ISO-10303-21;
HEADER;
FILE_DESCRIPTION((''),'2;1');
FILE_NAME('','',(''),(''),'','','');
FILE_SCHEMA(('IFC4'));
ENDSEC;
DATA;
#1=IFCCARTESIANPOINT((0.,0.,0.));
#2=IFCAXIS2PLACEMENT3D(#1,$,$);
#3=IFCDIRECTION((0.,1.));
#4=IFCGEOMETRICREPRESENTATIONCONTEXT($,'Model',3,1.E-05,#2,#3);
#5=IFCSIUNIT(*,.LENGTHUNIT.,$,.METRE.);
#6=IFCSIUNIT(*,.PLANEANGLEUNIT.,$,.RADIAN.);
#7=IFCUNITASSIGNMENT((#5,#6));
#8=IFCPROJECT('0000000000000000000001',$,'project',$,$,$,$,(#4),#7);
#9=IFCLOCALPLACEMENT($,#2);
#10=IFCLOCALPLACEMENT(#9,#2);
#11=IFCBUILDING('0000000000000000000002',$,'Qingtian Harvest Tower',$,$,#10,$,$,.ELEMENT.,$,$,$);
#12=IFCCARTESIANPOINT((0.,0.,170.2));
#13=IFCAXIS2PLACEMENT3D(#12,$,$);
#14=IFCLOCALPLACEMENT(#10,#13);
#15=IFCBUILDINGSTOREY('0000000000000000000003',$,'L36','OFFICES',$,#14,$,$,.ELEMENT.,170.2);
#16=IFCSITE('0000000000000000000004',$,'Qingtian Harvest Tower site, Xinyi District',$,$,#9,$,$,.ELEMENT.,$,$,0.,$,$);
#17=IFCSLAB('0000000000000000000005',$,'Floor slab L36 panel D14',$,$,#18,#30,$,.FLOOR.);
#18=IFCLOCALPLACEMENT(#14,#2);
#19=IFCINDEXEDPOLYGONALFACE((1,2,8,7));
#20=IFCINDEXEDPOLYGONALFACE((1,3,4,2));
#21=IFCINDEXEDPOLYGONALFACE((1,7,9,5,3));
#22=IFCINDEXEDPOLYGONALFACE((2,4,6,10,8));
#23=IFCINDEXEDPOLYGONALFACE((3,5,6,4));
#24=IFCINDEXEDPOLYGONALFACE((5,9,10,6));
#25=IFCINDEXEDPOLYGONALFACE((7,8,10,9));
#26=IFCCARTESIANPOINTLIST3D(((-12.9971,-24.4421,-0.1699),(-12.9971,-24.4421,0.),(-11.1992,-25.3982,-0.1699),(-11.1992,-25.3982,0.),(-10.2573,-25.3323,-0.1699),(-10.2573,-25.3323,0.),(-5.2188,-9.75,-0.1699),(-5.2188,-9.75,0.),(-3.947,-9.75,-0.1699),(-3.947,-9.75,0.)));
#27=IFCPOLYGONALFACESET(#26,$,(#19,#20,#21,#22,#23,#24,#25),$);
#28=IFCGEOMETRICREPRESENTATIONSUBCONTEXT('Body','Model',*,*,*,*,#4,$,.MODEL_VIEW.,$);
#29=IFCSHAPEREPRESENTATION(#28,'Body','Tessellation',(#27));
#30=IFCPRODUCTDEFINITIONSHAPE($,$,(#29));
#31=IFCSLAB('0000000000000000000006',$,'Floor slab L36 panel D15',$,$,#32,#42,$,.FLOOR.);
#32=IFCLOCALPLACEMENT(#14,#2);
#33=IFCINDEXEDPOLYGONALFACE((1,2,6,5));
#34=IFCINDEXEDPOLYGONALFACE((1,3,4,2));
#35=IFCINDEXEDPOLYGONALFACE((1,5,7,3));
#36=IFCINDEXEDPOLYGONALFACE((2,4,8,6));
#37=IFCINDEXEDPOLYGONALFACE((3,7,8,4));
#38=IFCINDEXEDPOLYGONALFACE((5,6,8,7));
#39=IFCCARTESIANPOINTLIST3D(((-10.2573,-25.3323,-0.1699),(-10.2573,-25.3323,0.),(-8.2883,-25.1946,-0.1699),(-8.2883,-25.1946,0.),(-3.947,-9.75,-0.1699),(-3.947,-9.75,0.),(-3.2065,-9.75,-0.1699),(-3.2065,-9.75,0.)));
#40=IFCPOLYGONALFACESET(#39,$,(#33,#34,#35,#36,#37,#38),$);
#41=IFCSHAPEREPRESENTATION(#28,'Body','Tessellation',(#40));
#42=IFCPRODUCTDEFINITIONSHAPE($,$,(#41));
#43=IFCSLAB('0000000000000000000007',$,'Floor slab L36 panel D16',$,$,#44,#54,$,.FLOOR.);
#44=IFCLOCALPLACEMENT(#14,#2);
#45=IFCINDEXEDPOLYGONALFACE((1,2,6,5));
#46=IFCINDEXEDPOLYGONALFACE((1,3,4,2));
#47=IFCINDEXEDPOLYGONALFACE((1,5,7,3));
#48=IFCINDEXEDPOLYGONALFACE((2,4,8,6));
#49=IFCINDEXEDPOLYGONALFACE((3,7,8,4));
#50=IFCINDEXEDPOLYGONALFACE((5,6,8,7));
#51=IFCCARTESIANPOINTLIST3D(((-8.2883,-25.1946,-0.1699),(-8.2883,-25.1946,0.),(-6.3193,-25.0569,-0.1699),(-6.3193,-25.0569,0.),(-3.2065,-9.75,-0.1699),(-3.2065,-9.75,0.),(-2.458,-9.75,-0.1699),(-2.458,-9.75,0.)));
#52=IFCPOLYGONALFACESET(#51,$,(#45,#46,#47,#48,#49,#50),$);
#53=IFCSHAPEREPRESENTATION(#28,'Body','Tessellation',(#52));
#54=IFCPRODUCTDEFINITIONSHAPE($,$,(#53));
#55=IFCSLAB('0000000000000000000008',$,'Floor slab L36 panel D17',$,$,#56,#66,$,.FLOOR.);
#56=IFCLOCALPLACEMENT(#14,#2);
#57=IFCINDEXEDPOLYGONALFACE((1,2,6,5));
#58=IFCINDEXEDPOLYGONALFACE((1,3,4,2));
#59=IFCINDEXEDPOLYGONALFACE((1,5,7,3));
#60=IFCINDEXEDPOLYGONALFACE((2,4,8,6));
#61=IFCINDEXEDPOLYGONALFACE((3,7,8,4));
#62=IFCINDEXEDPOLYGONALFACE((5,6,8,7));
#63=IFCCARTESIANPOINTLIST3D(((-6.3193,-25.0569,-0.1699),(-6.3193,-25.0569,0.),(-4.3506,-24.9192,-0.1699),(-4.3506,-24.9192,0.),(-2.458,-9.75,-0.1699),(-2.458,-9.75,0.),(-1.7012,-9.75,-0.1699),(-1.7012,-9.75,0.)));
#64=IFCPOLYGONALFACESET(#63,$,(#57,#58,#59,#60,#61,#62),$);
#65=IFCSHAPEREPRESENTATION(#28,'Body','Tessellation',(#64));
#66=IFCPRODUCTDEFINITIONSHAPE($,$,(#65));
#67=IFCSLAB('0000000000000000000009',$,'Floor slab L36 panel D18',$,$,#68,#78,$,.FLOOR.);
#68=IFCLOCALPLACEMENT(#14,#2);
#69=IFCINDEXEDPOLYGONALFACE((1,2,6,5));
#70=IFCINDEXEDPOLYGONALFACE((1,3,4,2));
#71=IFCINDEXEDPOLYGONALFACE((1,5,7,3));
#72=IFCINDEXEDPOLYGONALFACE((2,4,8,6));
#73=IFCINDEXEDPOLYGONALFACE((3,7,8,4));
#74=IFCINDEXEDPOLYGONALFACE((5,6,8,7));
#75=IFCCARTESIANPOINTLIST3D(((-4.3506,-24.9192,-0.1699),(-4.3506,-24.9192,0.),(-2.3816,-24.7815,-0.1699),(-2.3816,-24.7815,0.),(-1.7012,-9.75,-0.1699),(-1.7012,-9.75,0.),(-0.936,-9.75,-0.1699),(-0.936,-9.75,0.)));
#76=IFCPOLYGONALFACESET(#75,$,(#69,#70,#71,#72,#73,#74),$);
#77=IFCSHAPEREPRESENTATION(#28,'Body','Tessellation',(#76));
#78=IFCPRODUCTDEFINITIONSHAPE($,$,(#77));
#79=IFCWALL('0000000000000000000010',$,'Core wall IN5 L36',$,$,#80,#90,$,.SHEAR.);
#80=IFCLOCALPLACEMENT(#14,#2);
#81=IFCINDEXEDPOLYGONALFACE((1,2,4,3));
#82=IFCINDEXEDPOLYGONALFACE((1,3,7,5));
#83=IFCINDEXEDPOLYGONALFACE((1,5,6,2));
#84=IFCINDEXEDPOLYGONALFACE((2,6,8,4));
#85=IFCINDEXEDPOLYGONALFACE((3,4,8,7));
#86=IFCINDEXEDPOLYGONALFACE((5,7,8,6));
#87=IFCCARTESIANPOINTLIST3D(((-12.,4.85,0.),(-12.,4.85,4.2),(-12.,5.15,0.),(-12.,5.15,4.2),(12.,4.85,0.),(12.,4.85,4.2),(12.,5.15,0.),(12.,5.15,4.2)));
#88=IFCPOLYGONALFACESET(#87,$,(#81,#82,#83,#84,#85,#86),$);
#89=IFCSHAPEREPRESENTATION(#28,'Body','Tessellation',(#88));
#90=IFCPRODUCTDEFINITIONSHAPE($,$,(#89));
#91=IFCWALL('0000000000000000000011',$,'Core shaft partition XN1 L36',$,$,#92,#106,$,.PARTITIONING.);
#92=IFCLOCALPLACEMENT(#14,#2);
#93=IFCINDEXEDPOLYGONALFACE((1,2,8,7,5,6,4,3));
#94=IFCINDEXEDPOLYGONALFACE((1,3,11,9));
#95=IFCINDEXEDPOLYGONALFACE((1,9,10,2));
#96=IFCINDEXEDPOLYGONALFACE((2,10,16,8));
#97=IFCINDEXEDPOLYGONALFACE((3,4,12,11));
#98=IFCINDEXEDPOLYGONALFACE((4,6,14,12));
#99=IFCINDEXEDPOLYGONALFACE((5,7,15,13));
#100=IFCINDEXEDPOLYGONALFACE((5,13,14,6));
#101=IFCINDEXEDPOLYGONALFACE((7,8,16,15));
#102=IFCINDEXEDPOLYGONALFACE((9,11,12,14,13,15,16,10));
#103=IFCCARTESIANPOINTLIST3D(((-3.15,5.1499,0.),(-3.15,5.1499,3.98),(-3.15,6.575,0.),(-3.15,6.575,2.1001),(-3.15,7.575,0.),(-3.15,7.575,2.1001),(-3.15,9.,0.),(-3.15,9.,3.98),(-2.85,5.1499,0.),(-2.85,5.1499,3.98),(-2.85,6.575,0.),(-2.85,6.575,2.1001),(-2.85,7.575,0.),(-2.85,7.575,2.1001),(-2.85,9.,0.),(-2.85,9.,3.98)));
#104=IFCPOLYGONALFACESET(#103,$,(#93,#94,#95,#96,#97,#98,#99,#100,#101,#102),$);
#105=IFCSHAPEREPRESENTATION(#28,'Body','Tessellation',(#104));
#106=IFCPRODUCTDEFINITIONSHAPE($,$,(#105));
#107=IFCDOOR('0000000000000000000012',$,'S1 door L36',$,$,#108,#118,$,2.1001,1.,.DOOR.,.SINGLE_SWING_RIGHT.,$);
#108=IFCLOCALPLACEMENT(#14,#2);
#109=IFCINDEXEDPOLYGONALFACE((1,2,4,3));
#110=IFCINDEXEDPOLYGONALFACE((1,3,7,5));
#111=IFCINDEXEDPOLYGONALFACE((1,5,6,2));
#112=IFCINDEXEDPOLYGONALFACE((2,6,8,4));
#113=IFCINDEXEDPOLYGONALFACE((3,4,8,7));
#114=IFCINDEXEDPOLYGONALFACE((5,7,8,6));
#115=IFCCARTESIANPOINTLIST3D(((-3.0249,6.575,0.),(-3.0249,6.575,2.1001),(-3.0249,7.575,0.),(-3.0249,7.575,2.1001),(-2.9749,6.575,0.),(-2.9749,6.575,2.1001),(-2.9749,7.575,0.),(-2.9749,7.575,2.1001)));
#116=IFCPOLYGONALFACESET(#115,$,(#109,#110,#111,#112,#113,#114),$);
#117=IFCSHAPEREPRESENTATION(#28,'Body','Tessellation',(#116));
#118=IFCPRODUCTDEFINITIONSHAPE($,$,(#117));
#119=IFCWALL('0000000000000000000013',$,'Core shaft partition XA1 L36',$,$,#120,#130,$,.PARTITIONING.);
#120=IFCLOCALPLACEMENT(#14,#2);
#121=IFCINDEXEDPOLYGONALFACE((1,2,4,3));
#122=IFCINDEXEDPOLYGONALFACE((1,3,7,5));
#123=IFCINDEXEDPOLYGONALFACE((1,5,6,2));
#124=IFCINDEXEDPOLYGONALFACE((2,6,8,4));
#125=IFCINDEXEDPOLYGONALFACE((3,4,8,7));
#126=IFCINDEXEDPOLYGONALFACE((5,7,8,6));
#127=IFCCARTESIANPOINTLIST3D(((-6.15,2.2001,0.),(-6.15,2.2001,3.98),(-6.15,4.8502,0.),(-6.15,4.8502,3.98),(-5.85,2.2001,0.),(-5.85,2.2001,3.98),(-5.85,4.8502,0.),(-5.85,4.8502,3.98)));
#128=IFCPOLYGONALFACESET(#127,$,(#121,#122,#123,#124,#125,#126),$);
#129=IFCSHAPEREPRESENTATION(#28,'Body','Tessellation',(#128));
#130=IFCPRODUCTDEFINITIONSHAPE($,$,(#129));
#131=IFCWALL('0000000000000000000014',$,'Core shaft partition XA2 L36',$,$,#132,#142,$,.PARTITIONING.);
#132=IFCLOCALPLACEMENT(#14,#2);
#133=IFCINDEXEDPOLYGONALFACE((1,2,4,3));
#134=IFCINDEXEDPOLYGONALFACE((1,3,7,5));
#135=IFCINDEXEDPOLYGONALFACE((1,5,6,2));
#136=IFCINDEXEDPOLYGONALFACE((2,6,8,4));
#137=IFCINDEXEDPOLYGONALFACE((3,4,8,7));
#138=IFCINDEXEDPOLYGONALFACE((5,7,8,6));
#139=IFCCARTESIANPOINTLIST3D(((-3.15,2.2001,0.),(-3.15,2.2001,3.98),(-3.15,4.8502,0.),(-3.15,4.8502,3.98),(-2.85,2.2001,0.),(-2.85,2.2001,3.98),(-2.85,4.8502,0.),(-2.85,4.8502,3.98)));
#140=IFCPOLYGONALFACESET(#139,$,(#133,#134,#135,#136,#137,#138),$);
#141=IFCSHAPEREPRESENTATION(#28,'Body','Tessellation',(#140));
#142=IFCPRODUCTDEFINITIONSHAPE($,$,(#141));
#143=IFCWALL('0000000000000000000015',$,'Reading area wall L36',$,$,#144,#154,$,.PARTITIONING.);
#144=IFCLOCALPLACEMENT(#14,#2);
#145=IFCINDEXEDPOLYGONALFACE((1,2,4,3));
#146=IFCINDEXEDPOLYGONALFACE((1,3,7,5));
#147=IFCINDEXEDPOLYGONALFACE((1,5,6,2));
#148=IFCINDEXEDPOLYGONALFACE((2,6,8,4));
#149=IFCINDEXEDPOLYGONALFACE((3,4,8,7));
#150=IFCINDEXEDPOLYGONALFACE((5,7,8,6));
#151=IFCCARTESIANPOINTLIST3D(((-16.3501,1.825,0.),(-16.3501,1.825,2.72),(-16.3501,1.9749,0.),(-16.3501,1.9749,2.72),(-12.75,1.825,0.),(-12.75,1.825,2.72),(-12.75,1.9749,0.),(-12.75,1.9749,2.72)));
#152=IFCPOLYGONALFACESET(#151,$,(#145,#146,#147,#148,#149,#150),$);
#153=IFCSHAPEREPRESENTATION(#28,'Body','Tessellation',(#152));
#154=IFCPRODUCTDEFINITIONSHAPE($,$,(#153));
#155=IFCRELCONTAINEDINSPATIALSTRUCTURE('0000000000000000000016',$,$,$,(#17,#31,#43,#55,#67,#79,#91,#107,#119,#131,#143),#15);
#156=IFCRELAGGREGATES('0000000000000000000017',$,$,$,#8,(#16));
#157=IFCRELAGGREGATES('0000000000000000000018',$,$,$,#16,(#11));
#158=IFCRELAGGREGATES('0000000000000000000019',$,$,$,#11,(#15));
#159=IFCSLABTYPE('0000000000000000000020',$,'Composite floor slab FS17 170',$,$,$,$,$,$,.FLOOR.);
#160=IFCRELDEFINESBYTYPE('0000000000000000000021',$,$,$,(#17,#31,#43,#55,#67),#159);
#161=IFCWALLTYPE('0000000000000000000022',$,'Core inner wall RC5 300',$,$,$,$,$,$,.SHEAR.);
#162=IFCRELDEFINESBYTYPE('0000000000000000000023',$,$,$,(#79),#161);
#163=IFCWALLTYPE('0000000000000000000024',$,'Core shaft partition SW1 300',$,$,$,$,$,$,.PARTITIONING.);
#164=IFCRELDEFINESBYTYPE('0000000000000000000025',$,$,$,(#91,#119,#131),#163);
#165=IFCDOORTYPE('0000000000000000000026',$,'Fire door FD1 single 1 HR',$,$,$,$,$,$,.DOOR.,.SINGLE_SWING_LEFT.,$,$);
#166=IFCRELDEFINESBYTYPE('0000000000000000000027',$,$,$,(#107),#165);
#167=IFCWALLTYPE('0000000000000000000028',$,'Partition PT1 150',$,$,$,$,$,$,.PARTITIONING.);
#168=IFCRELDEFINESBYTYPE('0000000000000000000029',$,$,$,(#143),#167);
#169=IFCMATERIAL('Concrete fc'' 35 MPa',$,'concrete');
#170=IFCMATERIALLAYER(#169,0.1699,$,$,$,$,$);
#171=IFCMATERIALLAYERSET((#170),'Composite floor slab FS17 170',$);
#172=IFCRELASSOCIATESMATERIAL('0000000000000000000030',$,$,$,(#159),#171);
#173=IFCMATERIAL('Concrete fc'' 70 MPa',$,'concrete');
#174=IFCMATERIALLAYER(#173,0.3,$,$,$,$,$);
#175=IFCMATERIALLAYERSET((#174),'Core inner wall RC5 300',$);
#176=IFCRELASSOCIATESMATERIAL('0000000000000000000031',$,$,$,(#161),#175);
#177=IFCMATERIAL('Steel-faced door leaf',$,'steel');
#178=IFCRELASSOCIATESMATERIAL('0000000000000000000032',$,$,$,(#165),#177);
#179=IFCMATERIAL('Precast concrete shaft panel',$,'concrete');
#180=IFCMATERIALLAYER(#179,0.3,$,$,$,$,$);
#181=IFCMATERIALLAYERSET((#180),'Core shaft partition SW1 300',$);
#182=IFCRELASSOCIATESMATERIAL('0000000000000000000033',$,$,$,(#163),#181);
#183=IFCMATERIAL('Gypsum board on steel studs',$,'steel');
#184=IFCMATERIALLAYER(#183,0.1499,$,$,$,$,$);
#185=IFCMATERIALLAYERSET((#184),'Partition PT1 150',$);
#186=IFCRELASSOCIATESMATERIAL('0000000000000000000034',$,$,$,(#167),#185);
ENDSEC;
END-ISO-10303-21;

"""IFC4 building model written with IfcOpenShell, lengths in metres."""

from ifc_helpers import new_model, si_unit, direction, frame, frame_2d, origin, place, context, subcontext, project, spatial, polyline, rectangle, outline, extrude, material, layer, layer_set, type_object, element, fill, save


model = new_model("IFC4")

# Units and contexts
model_context = context("Model", 3, precision=1e-05, world=origin(), true_north=direction((0.0, 1.0)))
body_context = subcontext(model_context, "Body", "Model", "MODEL_VIEW")
ifc_project = project(units=[si_unit("LENGTHUNIT", "METRE"), si_unit("PLANEANGLEUNIT", "RADIAN")], contexts=[model_context])

# Site, building, storey
site_placement = place(None, origin())
site = spatial("IfcSite", under=ifc_project, at=site_placement, Name="Qingtian Harvest Tower site, Xinyi District", CompositionType="ELEMENT", RefElevation=0.0)
building_placement = place(site_placement, origin())
building = spatial("IfcBuilding", under=site, at=building_placement, Name="Qingtian Harvest Tower", CompositionType="ELEMENT")
storey_placement = place(building_placement, frame((0.0, 0.0, 170.2)))
storey = spatial("IfcBuildingStorey", under=building, at=storey_placement, Name="L36", Description="OFFICES", CompositionType="ELEMENT", Elevation=170.2)

# Slabs
ifc_material_1 = material(Name="Concrete fc' 35 MPa", Category="concrete")
ifc_layer_1 = layer(ifc_material_1, 0.1699)
ifc_layer_set_1 = layer_set([ifc_layer_1], Name="Composite floor slab FS17 170")
slab_type = type_object("IfcSlabType", Name="Composite floor slab FS17 170", PredefinedType="FLOOR", material=ifc_layer_set_1)
slab_1_placement = place(storey_placement, frame((0.0, 0.0, -0.1699)))
element("IfcSlab", 1, at=slab_1_placement, inside=storey, type_object=slab_type, Name="Floor slab L36 panel D14", PredefinedType="FLOOR", context=body_context, shape_type="SweptSolid", body=[
    extrude(outline(polyline([(-5.2188, -9.75), (-3.947, -9.75), (-10.2573, -25.3323), (-11.1992, -25.3982), (-12.9971, -24.4421), (-5.2188, -9.75)])), origin(), (0.0, 0.0, 1.0), 0.1699),
])
slab_2_placement = place(storey_placement, frame((0.0, 0.0, -0.1699)))
element("IfcSlab", 2, at=slab_2_placement, inside=storey, type_object=slab_type, Name="Floor slab L36 panel D15", PredefinedType="FLOOR", context=body_context, shape_type="SweptSolid", body=[
    extrude(outline(polyline([(-3.2065, -9.75), (-8.2883, -25.1946), (-10.2573, -25.3323), (-3.947, -9.75), (-3.2065, -9.75)])), origin(), (0.0, 0.0, 1.0), 0.1699),
])
slab_3_placement = place(storey_placement, frame((0.0, 0.0, -0.1699)))
element("IfcSlab", 3, at=slab_3_placement, inside=storey, type_object=slab_type, Name="Floor slab L36 panel D16", PredefinedType="FLOOR", context=body_context, shape_type="SweptSolid", body=[
    extrude(outline(polyline([(-2.458, -9.75), (-6.3193, -25.0569), (-8.2883, -25.1946), (-3.2065, -9.75), (-2.458, -9.75)])), origin(), (0.0, 0.0, 1.0), 0.1699),
])
slab_4_placement = place(storey_placement, frame((0.0, 0.0, -0.1699)))
element("IfcSlab", 4, at=slab_4_placement, inside=storey, type_object=slab_type, Name="Floor slab L36 panel D17", PredefinedType="FLOOR", context=body_context, shape_type="SweptSolid", body=[
    extrude(outline(polyline([(-1.7012, -9.75), (-4.3506, -24.9192), (-6.3193, -25.0569), (-2.458, -9.75), (-1.7012, -9.75)])), origin(), (0.0, 0.0, 1.0), 0.1699),
])
slab_5_placement = place(storey_placement, frame((0.0, 0.0, -0.1699)))
element("IfcSlab", 5, at=slab_5_placement, inside=storey, type_object=slab_type, Name="Floor slab L36 panel D18", PredefinedType="FLOOR", context=body_context, shape_type="SweptSolid", body=[
    extrude(outline(polyline([(-0.936, -9.75), (-2.3816, -24.7815), (-4.3506, -24.9192), (-1.7012, -9.75), (-0.936, -9.75)])), origin(), (0.0, 0.0, 1.0), 0.1699),
])

# Wall
ifc_material_2 = material(Name="Concrete fc' 70 MPa", Category="concrete")
ifc_layer_2 = layer(ifc_material_2, 0.3)
ifc_layer_set_2 = layer_set([ifc_layer_2], Name="Core inner wall RC5 300")
wall_type_1 = type_object("IfcWallType", Name="Core inner wall RC5 300", PredefinedType="SHEAR", material=ifc_layer_set_2)
wall_1_placement = place(storey_placement, frame((-12.0, 5.0, 0.0), z_axis=(0.0, 0.0, 1.0), x_axis=(1.0, 0.0, 0.0)))
element("IfcWall", 6, at=wall_1_placement, inside=storey, type_object=wall_type_1, Name="Core wall IN5 L36", PredefinedType="SHEAR", context=body_context, shape_type="SweptSolid", body=[
    extrude(rectangle(XDim=24.0, YDim=0.3, at=frame_2d((12.0, 0.0))), origin(), (0.0, 0.0, 1.0), 4.2),
])

# Shared definitions
ifc_material_3 = material(Name="Steel-faced door leaf", Category="steel")
door_type_1 = type_object("IfcDoorType", Name="Fire door FD1 single 1 HR", OperationType="SINGLE_SWING_LEFT", PredefinedType="DOOR", material=ifc_material_3)

# Wall, opening, door
ifc_material_4 = material(Name="Precast concrete shaft panel", Category="concrete")
ifc_layer_3 = layer(ifc_material_4, 0.3)
ifc_layer_set_3 = layer_set([ifc_layer_3], Name="Core shaft partition SW1 300")
wall_type_2 = type_object("IfcWallType", Name="Core shaft partition SW1 300", PredefinedType="PARTITIONING", material=ifc_layer_set_3)
wall_2_placement = place(storey_placement, frame((-3.0, 5.1499, 0.0), z_axis=(0.0, 0.0, 1.0), x_axis=(0.0, 1.0, 0.0)))
wall_2 = element("IfcWall", 7, at=wall_2_placement, inside=storey, type_object=wall_type_2, Name="Core shaft partition XN1 L36", PredefinedType="PARTITIONING", context=body_context, shape_type="SweptSolid", body=[
    extrude(rectangle(XDim=3.8501, YDim=0.3, at=frame_2d((1.925, 0.0))), origin(), (0.0, 0.0, 1.0), 3.98),
])
opening_1_placement = place(wall_2_placement, frame((1.425, 0.0, 0.0)))
opening_1 = element("IfcOpeningElement", 8, at=opening_1_placement, cuts=wall_2, PredefinedType="OPENING", context=body_context, shape_type="SweptSolid", body=[
    extrude(rectangle(XDim=1.0, YDim=2.1001, at=frame_2d((0.5, 1.05))), frame((0.0, 0.1599, 0.0), z_axis=(0.0, -1.0, 0.0), x_axis=(1.0, 0.0, 0.0)), (0.0, 0.0, 1.0), 0.3201),
])
door_1_placement = place(opening_1_placement, origin())
door_1 = element("IfcDoor", 9, at=door_1_placement, inside=storey, type_object=door_type_1, Name="S1 door L36", OperationType="SINGLE_SWING_RIGHT", OverallHeight=2.1001, OverallWidth=1.0, PredefinedType="DOOR", context=body_context, shape_type="SweptSolid", body=[
    extrude(rectangle(XDim=1.0, YDim=2.1001, at=frame_2d((0.5, 1.05))), frame((0.0, 0.0249, 0.0), z_axis=(0.0, -1.0, 0.0), x_axis=(1.0, 0.0, 0.0)), (0.0, 0.0, 1.0), 0.05),
])
fill(opening_1, door_1)

# Walls
for number, where, z_axis, x_axis, name in (
    (10, (-6.0, 2.2, 0.0), (0.0, 0.0, 1.0), (0.0, 1.0, 0.0), "Core shaft partition XA1 L36"),
    (11, (-3.0, 2.2, 0.0), (0.0, 0.0, 1.0), (0.0, 1.0, 0.0), "Core shaft partition XA2 L36"),
):
    element("IfcWall", number, at=place(storey_placement, frame(where, z_axis=z_axis, x_axis=x_axis)), inside=storey, type_object=wall_type_2, Name=name, PredefinedType="PARTITIONING", context=body_context, shape_type="SweptSolid", body=[
        extrude(rectangle(XDim=2.6501, YDim=0.3, at=frame_2d((1.3252, 0.0))), origin(), (0.0, 0.0, 1.0), 3.98),
    ])
ifc_material_5 = material(Name="Gypsum board on steel studs", Category="steel")
ifc_layer_4 = layer(ifc_material_5, 0.1499)
ifc_layer_set_4 = layer_set([ifc_layer_4], Name="Partition PT1 150")
wall_type_3 = type_object("IfcWallType", Name="Partition PT1 150", PredefinedType="PARTITIONING", material=ifc_layer_set_4)
wall_3_placement = place(storey_placement, frame((-12.75, 1.8999, 0.0), z_axis=(0.0, 0.0, 1.0), x_axis=(-1.0, 0.0, 0.0)))
element("IfcWall", 12, at=wall_3_placement, inside=storey, type_object=wall_type_3, Name="Reading area wall L36", PredefinedType="PARTITIONING", context=body_context, shape_type="SweptSolid", body=[
    extrude(rectangle(XDim=3.6001, YDim=0.1499, at=frame_2d((1.8, 0.0))), origin(), (0.0, 0.0, 1.0), 2.72),
])

save(model, "model.ifc")
